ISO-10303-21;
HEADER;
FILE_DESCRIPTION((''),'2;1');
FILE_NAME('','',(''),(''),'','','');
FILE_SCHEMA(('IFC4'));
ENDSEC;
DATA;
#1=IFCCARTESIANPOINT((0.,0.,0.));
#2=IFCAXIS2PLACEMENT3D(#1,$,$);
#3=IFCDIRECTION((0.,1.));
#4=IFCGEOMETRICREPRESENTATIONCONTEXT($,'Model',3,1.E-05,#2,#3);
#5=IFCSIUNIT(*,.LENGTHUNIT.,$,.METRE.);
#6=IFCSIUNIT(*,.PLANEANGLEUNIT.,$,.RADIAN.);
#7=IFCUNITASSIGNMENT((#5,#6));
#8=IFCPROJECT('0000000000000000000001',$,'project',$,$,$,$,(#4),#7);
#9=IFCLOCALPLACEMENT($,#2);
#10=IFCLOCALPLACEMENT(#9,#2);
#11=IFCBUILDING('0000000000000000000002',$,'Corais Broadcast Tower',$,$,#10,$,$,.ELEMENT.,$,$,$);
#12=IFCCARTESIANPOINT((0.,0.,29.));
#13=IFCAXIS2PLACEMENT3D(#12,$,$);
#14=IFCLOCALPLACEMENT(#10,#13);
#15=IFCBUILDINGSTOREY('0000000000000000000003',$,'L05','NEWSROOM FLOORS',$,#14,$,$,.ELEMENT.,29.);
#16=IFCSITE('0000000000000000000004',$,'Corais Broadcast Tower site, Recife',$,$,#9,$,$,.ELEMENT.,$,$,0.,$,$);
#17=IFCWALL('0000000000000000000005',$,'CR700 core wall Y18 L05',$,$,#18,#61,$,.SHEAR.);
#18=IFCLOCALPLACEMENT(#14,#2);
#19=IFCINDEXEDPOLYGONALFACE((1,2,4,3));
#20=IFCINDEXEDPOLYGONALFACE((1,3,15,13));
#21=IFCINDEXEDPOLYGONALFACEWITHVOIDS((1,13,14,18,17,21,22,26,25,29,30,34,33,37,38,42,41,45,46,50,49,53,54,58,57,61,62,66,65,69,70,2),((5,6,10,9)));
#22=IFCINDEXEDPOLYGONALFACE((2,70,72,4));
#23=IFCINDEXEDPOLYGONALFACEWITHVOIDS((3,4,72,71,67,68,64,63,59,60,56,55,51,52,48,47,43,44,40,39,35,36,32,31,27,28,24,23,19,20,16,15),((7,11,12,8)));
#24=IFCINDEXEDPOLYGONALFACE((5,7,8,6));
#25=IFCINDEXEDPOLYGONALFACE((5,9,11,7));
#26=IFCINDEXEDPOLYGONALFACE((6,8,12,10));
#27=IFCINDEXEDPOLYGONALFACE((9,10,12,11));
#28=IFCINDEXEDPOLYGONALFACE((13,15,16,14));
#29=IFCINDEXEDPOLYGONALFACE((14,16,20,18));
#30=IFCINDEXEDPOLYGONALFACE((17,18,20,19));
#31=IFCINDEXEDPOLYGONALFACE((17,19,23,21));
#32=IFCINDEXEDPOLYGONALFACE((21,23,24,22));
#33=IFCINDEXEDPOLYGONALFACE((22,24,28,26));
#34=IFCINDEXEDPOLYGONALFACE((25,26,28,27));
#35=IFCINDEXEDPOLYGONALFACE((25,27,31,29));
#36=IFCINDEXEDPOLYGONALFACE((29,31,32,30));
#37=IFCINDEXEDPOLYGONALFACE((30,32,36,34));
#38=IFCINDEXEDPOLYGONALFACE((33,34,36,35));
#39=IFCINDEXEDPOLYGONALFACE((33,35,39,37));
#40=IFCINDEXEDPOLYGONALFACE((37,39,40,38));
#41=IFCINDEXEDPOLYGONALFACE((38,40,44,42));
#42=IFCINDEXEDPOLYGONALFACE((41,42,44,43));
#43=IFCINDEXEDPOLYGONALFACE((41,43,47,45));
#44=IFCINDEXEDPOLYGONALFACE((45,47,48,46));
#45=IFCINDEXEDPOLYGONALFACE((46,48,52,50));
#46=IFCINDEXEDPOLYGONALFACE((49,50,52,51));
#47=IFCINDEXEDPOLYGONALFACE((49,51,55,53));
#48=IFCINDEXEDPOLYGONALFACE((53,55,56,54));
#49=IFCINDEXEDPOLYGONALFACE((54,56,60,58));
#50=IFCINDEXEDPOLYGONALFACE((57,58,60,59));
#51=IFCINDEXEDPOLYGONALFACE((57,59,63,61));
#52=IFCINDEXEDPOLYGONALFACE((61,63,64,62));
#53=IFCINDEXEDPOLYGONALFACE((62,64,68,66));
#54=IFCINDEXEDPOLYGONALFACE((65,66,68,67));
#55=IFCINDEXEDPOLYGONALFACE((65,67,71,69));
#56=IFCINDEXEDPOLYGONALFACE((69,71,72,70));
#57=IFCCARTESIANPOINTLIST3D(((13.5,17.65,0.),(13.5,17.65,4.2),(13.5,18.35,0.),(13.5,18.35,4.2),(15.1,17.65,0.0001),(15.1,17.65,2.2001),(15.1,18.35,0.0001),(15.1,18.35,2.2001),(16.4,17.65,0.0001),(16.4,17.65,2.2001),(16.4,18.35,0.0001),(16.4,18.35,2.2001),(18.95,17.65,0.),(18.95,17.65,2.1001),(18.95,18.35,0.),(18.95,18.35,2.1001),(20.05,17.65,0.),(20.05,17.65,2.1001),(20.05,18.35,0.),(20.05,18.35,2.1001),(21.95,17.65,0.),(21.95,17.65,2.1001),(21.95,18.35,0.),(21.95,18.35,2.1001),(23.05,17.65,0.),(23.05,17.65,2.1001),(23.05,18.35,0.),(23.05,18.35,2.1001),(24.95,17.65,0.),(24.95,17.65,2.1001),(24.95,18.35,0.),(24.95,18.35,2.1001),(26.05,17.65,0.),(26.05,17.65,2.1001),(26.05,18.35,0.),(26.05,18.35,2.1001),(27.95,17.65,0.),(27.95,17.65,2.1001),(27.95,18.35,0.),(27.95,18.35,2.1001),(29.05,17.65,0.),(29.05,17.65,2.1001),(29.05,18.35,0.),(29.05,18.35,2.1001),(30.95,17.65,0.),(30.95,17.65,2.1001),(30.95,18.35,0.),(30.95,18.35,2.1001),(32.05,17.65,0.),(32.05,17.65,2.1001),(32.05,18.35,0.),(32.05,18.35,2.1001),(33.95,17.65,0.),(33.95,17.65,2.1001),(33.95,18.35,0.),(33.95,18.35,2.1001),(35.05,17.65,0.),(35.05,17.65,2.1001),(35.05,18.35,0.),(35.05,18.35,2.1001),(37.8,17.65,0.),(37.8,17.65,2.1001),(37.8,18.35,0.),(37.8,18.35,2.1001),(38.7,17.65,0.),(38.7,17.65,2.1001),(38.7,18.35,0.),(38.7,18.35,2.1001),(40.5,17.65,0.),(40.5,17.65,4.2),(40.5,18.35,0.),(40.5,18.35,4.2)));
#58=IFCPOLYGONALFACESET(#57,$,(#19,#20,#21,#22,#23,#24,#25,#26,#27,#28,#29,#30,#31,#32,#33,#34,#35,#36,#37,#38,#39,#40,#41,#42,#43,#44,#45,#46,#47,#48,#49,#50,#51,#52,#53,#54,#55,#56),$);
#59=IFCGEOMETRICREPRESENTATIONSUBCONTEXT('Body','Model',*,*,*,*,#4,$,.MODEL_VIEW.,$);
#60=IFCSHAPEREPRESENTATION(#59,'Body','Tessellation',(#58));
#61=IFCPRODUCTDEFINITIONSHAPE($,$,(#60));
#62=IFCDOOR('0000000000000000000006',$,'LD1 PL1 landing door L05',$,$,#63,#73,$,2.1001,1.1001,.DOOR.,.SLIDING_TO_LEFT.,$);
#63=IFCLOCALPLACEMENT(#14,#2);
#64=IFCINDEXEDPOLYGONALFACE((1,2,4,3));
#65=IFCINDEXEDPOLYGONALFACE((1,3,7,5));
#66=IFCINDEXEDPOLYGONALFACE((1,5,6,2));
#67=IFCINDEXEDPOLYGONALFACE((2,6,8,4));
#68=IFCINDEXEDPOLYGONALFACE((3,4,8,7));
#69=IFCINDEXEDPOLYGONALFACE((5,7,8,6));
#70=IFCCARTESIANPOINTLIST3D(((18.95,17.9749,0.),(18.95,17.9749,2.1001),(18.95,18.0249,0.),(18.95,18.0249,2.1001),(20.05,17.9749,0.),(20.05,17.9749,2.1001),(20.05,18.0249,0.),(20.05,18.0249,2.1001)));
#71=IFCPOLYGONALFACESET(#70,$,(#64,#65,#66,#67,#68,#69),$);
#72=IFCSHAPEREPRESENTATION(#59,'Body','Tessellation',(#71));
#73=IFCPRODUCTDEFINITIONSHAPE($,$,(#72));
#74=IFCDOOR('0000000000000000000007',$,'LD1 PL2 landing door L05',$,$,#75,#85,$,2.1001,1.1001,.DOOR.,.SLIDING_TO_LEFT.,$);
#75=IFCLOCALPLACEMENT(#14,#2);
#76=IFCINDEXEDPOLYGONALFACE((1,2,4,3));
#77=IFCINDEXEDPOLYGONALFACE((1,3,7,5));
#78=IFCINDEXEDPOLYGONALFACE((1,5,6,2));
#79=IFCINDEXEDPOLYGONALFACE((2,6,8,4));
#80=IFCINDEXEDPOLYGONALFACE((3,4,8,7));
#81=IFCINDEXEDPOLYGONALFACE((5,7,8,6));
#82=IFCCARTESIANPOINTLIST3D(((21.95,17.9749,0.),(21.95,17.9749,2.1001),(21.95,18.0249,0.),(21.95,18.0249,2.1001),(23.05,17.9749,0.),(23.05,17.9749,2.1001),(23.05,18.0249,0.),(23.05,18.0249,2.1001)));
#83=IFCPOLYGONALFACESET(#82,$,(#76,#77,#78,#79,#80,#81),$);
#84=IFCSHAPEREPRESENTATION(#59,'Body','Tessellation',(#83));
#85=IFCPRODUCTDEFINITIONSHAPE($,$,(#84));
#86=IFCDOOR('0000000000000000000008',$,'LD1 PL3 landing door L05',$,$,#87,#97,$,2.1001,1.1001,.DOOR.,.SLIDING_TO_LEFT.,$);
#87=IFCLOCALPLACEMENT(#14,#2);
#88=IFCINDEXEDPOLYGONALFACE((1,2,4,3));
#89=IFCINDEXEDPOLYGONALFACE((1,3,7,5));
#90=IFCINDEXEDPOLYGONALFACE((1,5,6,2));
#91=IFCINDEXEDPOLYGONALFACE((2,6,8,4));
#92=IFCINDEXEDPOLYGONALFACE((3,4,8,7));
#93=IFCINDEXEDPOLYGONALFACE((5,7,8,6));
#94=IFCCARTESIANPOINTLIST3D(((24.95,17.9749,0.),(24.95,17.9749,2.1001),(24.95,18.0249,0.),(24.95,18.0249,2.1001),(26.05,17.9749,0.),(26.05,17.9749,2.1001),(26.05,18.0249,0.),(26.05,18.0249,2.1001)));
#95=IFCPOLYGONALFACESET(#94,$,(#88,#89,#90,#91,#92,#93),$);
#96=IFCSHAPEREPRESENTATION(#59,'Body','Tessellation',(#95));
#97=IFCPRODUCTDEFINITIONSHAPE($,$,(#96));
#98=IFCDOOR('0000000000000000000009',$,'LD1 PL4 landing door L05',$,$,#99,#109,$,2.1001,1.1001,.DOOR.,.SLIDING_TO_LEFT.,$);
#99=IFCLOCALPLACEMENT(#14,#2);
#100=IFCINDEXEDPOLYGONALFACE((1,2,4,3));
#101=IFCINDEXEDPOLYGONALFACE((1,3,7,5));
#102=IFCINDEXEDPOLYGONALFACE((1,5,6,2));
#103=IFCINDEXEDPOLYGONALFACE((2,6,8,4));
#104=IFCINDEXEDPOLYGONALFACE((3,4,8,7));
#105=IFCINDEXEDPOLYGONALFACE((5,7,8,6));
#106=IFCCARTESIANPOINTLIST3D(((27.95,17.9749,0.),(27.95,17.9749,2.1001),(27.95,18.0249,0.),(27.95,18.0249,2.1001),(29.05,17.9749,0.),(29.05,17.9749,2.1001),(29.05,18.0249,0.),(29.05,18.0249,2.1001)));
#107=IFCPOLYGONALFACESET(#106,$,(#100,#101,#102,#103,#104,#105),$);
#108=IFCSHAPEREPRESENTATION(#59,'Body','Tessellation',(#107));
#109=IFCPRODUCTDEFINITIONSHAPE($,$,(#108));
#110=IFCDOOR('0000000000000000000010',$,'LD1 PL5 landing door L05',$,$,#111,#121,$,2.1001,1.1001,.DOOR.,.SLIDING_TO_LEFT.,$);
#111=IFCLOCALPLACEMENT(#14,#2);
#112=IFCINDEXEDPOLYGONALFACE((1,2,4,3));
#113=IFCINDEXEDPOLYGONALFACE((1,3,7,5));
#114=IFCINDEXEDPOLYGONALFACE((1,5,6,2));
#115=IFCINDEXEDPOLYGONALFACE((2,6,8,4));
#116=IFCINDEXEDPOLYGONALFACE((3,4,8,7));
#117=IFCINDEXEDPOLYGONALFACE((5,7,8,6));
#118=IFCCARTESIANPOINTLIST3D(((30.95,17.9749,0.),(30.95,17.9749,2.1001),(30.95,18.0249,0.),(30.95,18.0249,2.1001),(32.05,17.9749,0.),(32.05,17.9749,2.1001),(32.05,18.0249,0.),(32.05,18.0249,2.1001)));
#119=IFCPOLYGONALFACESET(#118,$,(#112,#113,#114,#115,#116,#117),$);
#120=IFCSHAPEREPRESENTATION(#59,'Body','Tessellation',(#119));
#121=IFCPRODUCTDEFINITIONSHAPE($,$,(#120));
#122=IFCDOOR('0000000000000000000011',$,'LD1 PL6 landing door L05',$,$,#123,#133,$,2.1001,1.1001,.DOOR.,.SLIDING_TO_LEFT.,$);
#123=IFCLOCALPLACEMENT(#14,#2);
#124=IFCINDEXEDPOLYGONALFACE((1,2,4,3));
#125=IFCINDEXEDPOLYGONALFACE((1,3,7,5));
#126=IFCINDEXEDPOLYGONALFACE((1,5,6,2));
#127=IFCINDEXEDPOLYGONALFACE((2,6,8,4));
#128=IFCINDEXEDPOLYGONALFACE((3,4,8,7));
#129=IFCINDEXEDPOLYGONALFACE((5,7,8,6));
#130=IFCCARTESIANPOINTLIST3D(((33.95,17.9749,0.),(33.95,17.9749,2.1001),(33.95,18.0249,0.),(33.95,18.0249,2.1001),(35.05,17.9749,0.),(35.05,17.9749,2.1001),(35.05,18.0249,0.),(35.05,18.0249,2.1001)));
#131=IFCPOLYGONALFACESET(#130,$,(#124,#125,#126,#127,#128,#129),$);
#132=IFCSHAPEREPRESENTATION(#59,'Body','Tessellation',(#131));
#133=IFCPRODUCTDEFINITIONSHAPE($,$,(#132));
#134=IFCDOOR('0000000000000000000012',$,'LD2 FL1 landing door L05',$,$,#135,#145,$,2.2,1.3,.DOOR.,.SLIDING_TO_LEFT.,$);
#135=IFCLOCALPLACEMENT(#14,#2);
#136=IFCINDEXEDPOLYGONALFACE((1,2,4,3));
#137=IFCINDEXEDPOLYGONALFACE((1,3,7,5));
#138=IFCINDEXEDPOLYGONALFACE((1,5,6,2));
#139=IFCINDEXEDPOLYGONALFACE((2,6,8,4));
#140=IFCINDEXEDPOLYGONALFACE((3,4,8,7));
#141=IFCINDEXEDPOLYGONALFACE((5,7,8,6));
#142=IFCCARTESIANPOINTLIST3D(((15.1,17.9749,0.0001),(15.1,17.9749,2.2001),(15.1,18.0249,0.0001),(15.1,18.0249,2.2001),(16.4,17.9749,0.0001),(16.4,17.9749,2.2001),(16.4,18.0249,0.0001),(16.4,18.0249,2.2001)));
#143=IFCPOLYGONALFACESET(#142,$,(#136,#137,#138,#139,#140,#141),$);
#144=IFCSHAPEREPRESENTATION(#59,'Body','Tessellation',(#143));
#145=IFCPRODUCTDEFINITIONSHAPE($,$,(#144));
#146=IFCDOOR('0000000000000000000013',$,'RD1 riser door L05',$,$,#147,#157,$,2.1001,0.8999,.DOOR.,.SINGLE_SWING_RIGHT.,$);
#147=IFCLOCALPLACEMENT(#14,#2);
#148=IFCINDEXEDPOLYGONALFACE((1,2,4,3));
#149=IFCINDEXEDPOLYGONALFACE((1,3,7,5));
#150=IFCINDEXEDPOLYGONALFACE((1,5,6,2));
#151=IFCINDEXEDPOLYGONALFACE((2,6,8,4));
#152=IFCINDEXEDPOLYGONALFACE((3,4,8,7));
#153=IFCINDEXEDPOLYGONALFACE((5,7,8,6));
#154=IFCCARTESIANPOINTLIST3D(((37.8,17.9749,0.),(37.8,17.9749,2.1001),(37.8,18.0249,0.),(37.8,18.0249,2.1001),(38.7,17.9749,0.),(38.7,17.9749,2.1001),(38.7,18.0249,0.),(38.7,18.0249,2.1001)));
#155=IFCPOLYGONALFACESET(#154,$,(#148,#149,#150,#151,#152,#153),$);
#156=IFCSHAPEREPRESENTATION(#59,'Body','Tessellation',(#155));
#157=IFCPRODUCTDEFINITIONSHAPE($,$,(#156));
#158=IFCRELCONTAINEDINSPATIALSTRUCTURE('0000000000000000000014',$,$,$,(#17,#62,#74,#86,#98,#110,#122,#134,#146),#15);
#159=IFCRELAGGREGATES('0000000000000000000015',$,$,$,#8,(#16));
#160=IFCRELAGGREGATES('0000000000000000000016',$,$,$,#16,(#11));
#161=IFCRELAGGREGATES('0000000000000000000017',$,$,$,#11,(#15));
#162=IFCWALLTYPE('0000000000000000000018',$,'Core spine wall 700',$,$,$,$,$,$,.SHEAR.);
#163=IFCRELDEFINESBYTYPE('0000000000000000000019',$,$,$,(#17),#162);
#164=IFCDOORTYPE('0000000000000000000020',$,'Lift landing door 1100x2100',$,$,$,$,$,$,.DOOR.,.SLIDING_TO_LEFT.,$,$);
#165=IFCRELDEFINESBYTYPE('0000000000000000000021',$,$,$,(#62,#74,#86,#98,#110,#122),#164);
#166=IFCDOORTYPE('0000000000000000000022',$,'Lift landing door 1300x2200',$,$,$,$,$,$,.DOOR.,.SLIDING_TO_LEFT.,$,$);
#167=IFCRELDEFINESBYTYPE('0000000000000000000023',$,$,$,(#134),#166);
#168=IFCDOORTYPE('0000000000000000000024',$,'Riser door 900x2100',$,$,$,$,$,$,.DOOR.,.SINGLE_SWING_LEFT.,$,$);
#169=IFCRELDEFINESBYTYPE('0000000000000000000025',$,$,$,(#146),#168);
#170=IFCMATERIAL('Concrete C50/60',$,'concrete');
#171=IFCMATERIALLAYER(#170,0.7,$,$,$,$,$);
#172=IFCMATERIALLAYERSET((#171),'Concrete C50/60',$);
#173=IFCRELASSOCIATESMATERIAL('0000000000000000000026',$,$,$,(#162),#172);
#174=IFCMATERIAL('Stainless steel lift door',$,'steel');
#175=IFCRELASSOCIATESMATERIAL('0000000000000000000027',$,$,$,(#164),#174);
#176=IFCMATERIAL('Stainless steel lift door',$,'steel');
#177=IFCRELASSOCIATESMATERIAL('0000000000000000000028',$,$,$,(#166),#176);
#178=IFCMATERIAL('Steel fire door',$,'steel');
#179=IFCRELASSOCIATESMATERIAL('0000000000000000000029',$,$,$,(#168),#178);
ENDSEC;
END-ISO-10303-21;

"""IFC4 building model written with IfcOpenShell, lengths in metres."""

from ifc_helpers import new_model, si_unit, direction, frame, frame_2d, origin, place, context, subcontext, project, spatial, rectangle, extrude, material, layer, layer_set, type_object, element, fill, save


model = new_model("IFC4")

# Units and contexts
model_context = context("Model", 3, precision=1e-05, world=origin(), true_north=direction((0.0, 1.0)))
body_context = subcontext(model_context, "Body", "Model", "MODEL_VIEW")
ifc_project = project(units=[si_unit("LENGTHUNIT", "METRE"), si_unit("PLANEANGLEUNIT", "RADIAN")], contexts=[model_context])

# Site, building, storey
site_placement = place(None, origin())
site = spatial("IfcSite", under=ifc_project, at=site_placement, Name="Corais Broadcast Tower site, Recife", CompositionType="ELEMENT", RefElevation=0.0)
building_placement = place(site_placement, origin())
building = spatial("IfcBuilding", under=site, at=building_placement, Name="Corais Broadcast Tower", CompositionType="ELEMENT")
storey_placement = place(building_placement, frame((0.0, 0.0, 29.0)))
storey = spatial("IfcBuildingStorey", under=building, at=storey_placement, Name="L05", Description="NEWSROOM FLOORS", CompositionType="ELEMENT", Elevation=29.0)

# Shared definitions
ifc_material_1 = material(Name="Concrete C50/60", Category="concrete")
ifc_layer_1 = layer(ifc_material_1, 0.7)
ifc_layer_set_1 = layer_set([ifc_layer_1], Name="Concrete C50/60")
wall_type_1 = type_object("IfcWallType", Name="Core spine wall 700", PredefinedType="SHEAR", material=ifc_layer_set_1)

# Wall, openings, doors
wall_1_placement = place(storey_placement, frame((13.5, 18.0, 0.0), z_axis=(0.0, 0.0, 1.0), x_axis=(1.0, 0.0, 0.0)))
wall_1 = element("IfcWall", 1, at=wall_1_placement, inside=storey, type_object=wall_type_1, Name="CR700 core wall Y18 L05", PredefinedType="SHEAR", context=body_context, shape_type="SweptSolid", body=[
    extrude(rectangle(XDim=27.0, YDim=0.7, at=frame_2d((13.5, 0.0))), origin(), (0.0, 0.0, 1.0), 4.2),
])
opening_1_placement = place(wall_1_placement, frame((24.3, 0.0, 0.0)))
opening_1 = element("IfcOpeningElement", 2, at=opening_1_placement, cuts=wall_1, PredefinedType="OPENING", context=body_context, shape_type="SweptSolid", body=[
    extrude(rectangle(XDim=0.8999, YDim=2.1001, at=frame_2d((0.45, 1.05))), frame((0.0, 0.3599, 0.0), z_axis=(0.0, -1.0, 0.0), x_axis=(1.0, 0.0, 0.0)), (0.0, 0.0, 1.0), 0.72),
])
opening_2_placement = place(wall_1_placement, frame((5.45, 0.0, 0.0)))
opening_2 = element("IfcOpeningElement", 3, at=opening_2_placement, cuts=wall_1, PredefinedType="OPENING", context=body_context, shape_type="SweptSolid", body=[
    extrude(rectangle(XDim=1.1001, YDim=2.1001, at=frame_2d((0.55, 1.05))), frame((0.0, 0.3599, 0.0), z_axis=(0.0, -1.0, 0.0), x_axis=(1.0, 0.0, 0.0)), (0.0, 0.0, 1.0), 0.72),
])
opening_3_placement = place(wall_1_placement, frame((8.45, 0.0, 0.0)))
opening_3 = element("IfcOpeningElement", 4, at=opening_3_placement, cuts=wall_1, PredefinedType="OPENING", context=body_context, shape_type="SweptSolid", body=[
    extrude(rectangle(XDim=1.1001, YDim=2.1001, at=frame_2d((0.55, 1.05))), frame((0.0, 0.3599, 0.0), z_axis=(0.0, -1.0, 0.0), x_axis=(1.0, 0.0, 0.0)), (0.0, 0.0, 1.0), 0.72),
])
opening_4_placement = place(wall_1_placement, frame((11.45, 0.0, 0.0)))
opening_4 = element("IfcOpeningElement", 5, at=opening_4_placement, cuts=wall_1, PredefinedType="OPENING", context=body_context, shape_type="SweptSolid", body=[
    extrude(rectangle(XDim=1.1001, YDim=2.1001, at=frame_2d((0.55, 1.05))), frame((0.0, 0.3599, 0.0), z_axis=(0.0, -1.0, 0.0), x_axis=(1.0, 0.0, 0.0)), (0.0, 0.0, 1.0), 0.72),
])
opening_5_placement = place(wall_1_placement, frame((14.45, 0.0, 0.0)))
opening_5 = element("IfcOpeningElement", 6, at=opening_5_placement, cuts=wall_1, PredefinedType="OPENING", context=body_context, shape_type="SweptSolid", body=[
    extrude(rectangle(XDim=1.1001, YDim=2.1001, at=frame_2d((0.55, 1.05))), frame((0.0, 0.3599, 0.0), z_axis=(0.0, -1.0, 0.0), x_axis=(1.0, 0.0, 0.0)), (0.0, 0.0, 1.0), 0.72),
])
opening_6_placement = place(wall_1_placement, frame((17.45, 0.0, 0.0)))
opening_6 = element("IfcOpeningElement", 7, at=opening_6_placement, cuts=wall_1, PredefinedType="OPENING", context=body_context, shape_type="SweptSolid", body=[
    extrude(rectangle(XDim=1.1001, YDim=2.1001, at=frame_2d((0.55, 1.05))), frame((0.0, 0.3599, 0.0), z_axis=(0.0, -1.0, 0.0), x_axis=(1.0, 0.0, 0.0)), (0.0, 0.0, 1.0), 0.72),
])
opening_7_placement = place(wall_1_placement, frame((20.45, 0.0, 0.0)))
opening_7 = element("IfcOpeningElement", 8, at=opening_7_placement, cuts=wall_1, PredefinedType="OPENING", context=body_context, shape_type="SweptSolid", body=[
    extrude(rectangle(XDim=1.1001, YDim=2.1001, at=frame_2d((0.55, 1.05))), frame((0.0, 0.3599, 0.0), z_axis=(0.0, -1.0, 0.0), x_axis=(1.0, 0.0, 0.0)), (0.0, 0.0, 1.0), 0.72),
])
opening_8_placement = place(wall_1_placement, frame((1.6001, 0.0, 0.0)))
opening_8 = element("IfcOpeningElement", 9, at=opening_8_placement, cuts=wall_1, PredefinedType="OPENING", context=body_context, shape_type="SweptSolid", body=[
    extrude(rectangle(XDim=1.3, YDim=2.2, at=frame_2d((0.6499, 1.1001))), frame((0.0, 0.3599, 0.0), z_axis=(0.0, -1.0, 0.0), x_axis=(1.0, 0.0, 0.0)), (0.0, 0.0, 1.0), 0.72),
])
ifc_material_2 = material(Name="Stainless steel lift door", Category="steel")
door_type_1 = type_object("IfcDoorType", Name="Lift landing door 1100x2100", OperationType="SLIDING_TO_LEFT", PredefinedType="DOOR", material=ifc_material_2)
door_1_placement = place(opening_2_placement, origin())
door_1 = element("IfcDoor", 10, at=door_1_placement, inside=storey, type_object=door_type_1, Name="LD1 PL1 landing door L05", OperationType="SLIDING_TO_LEFT", OverallHeight=2.1001, OverallWidth=1.1001, PredefinedType="DOOR", context=body_context, shape_type="SweptSolid", body=[
    extrude(rectangle(XDim=1.1001, YDim=2.1001, at=frame_2d((0.55, 1.05))), frame((0.0, 0.0249, 0.0), z_axis=(0.0, -1.0, 0.0), x_axis=(1.0, 0.0, 0.0)), (0.0, 0.0, 1.0), 0.05),
])
fill(opening_2, door_1)
door_2_placement = place(opening_3_placement, origin())
door_2 = element("IfcDoor", 11, at=door_2_placement, inside=storey, type_object=door_type_1, Name="LD1 PL2 landing door L05", OperationType="SLIDING_TO_LEFT", OverallHeight=2.1001, OverallWidth=1.1001, PredefinedType="DOOR", context=body_context, shape_type="SweptSolid", body=[
    extrude(rectangle(XDim=1.1001, YDim=2.1001, at=frame_2d((0.55, 1.05))), frame((0.0, 0.0249, 0.0), z_axis=(0.0, -1.0, 0.0), x_axis=(1.0, 0.0, 0.0)), (0.0, 0.0, 1.0), 0.05),
])
fill(opening_3, door_2)
door_3_placement = place(opening_4_placement, origin())
door_3 = element("IfcDoor", 12, at=door_3_placement, inside=storey, type_object=door_type_1, Name="LD1 PL3 landing door L05", OperationType="SLIDING_TO_LEFT", OverallHeight=2.1001, OverallWidth=1.1001, PredefinedType="DOOR", context=body_context, shape_type="SweptSolid", body=[
    extrude(rectangle(XDim=1.1001, YDim=2.1001, at=frame_2d((0.55, 1.05))), frame((0.0, 0.0249, 0.0), z_axis=(0.0, -1.0, 0.0), x_axis=(1.0, 0.0, 0.0)), (0.0, 0.0, 1.0), 0.05),
])
fill(opening_4, door_3)
door_4_placement = place(opening_5_placement, origin())
door_4 = element("IfcDoor", 13, at=door_4_placement, inside=storey, type_object=door_type_1, Name="LD1 PL4 landing door L05", OperationType="SLIDING_TO_LEFT", OverallHeight=2.1001, OverallWidth=1.1001, PredefinedType="DOOR", context=body_context, shape_type="SweptSolid", body=[
    extrude(rectangle(XDim=1.1001, YDim=2.1001, at=frame_2d((0.55, 1.05))), frame((0.0, 0.0249, 0.0), z_axis=(0.0, -1.0, 0.0), x_axis=(1.0, 0.0, 0.0)), (0.0, 0.0, 1.0), 0.05),
])
fill(opening_5, door_4)
door_5_placement = place(opening_6_placement, origin())
door_5 = element("IfcDoor", 14, at=door_5_placement, inside=storey, type_object=door_type_1, Name="LD1 PL5 landing door L05", OperationType="SLIDING_TO_LEFT", OverallHeight=2.1001, OverallWidth=1.1001, PredefinedType="DOOR", context=body_context, shape_type="SweptSolid", body=[
    extrude(rectangle(XDim=1.1001, YDim=2.1001, at=frame_2d((0.55, 1.05))), frame((0.0, 0.0249, 0.0), z_axis=(0.0, -1.0, 0.0), x_axis=(1.0, 0.0, 0.0)), (0.0, 0.0, 1.0), 0.05),
])
fill(opening_6, door_5)
door_6_placement = place(opening_7_placement, origin())
door_6 = element("IfcDoor", 15, at=door_6_placement, inside=storey, type_object=door_type_1, Name="LD1 PL6 landing door L05", OperationType="SLIDING_TO_LEFT", OverallHeight=2.1001, OverallWidth=1.1001, PredefinedType="DOOR", context=body_context, shape_type="SweptSolid", body=[
    extrude(rectangle(XDim=1.1001, YDim=2.1001, at=frame_2d((0.55, 1.05))), frame((0.0, 0.0249, 0.0), z_axis=(0.0, -1.0, 0.0), x_axis=(1.0, 0.0, 0.0)), (0.0, 0.0, 1.0), 0.05),
])
fill(opening_7, door_6)
ifc_material_3 = material(Name="Stainless steel lift door", Category="steel")
door_type_2 = type_object("IfcDoorType", Name="Lift landing door 1300x2200", OperationType="SLIDING_TO_LEFT", PredefinedType="DOOR", material=ifc_material_3)
door_7_placement = place(opening_8_placement, origin())
door_7 = element("IfcDoor", 16, at=door_7_placement, inside=storey, type_object=door_type_2, Name="LD2 FL1 landing door L05", OperationType="SLIDING_TO_LEFT", OverallHeight=2.2, OverallWidth=1.3, PredefinedType="DOOR", context=body_context, shape_type="SweptSolid", body=[
    extrude(rectangle(XDim=1.3, YDim=2.2, at=frame_2d((0.6499, 1.1001))), frame((0.0, 0.0249, 0.0), z_axis=(0.0, -1.0, 0.0), x_axis=(1.0, 0.0, 0.0)), (0.0, 0.0, 1.0), 0.05),
])
fill(opening_8, door_7)
ifc_material_4 = material(Name="Steel fire door", Category="steel")
door_type_3 = type_object("IfcDoorType", Name="Riser door 900x2100", OperationType="SINGLE_SWING_LEFT", PredefinedType="DOOR", material=ifc_material_4)
door_8_placement = place(opening_1_placement, origin())
door_8 = element("IfcDoor", 17, at=door_8_placement, inside=storey, type_object=door_type_3, Name="RD1 riser door L05", OperationType="SINGLE_SWING_RIGHT", OverallHeight=2.1001, OverallWidth=0.8999, PredefinedType="DOOR", context=body_context, shape_type="SweptSolid", body=[
    extrude(rectangle(XDim=0.8999, YDim=2.1001, at=frame_2d((0.45, 1.05))), frame((0.0, 0.0249, 0.0), z_axis=(0.0, -1.0, 0.0), x_axis=(1.0, 0.0, 0.0)), (0.0, 0.0, 1.0), 0.05),
])
fill(opening_1, door_8)

save(model, "model.ifc")
